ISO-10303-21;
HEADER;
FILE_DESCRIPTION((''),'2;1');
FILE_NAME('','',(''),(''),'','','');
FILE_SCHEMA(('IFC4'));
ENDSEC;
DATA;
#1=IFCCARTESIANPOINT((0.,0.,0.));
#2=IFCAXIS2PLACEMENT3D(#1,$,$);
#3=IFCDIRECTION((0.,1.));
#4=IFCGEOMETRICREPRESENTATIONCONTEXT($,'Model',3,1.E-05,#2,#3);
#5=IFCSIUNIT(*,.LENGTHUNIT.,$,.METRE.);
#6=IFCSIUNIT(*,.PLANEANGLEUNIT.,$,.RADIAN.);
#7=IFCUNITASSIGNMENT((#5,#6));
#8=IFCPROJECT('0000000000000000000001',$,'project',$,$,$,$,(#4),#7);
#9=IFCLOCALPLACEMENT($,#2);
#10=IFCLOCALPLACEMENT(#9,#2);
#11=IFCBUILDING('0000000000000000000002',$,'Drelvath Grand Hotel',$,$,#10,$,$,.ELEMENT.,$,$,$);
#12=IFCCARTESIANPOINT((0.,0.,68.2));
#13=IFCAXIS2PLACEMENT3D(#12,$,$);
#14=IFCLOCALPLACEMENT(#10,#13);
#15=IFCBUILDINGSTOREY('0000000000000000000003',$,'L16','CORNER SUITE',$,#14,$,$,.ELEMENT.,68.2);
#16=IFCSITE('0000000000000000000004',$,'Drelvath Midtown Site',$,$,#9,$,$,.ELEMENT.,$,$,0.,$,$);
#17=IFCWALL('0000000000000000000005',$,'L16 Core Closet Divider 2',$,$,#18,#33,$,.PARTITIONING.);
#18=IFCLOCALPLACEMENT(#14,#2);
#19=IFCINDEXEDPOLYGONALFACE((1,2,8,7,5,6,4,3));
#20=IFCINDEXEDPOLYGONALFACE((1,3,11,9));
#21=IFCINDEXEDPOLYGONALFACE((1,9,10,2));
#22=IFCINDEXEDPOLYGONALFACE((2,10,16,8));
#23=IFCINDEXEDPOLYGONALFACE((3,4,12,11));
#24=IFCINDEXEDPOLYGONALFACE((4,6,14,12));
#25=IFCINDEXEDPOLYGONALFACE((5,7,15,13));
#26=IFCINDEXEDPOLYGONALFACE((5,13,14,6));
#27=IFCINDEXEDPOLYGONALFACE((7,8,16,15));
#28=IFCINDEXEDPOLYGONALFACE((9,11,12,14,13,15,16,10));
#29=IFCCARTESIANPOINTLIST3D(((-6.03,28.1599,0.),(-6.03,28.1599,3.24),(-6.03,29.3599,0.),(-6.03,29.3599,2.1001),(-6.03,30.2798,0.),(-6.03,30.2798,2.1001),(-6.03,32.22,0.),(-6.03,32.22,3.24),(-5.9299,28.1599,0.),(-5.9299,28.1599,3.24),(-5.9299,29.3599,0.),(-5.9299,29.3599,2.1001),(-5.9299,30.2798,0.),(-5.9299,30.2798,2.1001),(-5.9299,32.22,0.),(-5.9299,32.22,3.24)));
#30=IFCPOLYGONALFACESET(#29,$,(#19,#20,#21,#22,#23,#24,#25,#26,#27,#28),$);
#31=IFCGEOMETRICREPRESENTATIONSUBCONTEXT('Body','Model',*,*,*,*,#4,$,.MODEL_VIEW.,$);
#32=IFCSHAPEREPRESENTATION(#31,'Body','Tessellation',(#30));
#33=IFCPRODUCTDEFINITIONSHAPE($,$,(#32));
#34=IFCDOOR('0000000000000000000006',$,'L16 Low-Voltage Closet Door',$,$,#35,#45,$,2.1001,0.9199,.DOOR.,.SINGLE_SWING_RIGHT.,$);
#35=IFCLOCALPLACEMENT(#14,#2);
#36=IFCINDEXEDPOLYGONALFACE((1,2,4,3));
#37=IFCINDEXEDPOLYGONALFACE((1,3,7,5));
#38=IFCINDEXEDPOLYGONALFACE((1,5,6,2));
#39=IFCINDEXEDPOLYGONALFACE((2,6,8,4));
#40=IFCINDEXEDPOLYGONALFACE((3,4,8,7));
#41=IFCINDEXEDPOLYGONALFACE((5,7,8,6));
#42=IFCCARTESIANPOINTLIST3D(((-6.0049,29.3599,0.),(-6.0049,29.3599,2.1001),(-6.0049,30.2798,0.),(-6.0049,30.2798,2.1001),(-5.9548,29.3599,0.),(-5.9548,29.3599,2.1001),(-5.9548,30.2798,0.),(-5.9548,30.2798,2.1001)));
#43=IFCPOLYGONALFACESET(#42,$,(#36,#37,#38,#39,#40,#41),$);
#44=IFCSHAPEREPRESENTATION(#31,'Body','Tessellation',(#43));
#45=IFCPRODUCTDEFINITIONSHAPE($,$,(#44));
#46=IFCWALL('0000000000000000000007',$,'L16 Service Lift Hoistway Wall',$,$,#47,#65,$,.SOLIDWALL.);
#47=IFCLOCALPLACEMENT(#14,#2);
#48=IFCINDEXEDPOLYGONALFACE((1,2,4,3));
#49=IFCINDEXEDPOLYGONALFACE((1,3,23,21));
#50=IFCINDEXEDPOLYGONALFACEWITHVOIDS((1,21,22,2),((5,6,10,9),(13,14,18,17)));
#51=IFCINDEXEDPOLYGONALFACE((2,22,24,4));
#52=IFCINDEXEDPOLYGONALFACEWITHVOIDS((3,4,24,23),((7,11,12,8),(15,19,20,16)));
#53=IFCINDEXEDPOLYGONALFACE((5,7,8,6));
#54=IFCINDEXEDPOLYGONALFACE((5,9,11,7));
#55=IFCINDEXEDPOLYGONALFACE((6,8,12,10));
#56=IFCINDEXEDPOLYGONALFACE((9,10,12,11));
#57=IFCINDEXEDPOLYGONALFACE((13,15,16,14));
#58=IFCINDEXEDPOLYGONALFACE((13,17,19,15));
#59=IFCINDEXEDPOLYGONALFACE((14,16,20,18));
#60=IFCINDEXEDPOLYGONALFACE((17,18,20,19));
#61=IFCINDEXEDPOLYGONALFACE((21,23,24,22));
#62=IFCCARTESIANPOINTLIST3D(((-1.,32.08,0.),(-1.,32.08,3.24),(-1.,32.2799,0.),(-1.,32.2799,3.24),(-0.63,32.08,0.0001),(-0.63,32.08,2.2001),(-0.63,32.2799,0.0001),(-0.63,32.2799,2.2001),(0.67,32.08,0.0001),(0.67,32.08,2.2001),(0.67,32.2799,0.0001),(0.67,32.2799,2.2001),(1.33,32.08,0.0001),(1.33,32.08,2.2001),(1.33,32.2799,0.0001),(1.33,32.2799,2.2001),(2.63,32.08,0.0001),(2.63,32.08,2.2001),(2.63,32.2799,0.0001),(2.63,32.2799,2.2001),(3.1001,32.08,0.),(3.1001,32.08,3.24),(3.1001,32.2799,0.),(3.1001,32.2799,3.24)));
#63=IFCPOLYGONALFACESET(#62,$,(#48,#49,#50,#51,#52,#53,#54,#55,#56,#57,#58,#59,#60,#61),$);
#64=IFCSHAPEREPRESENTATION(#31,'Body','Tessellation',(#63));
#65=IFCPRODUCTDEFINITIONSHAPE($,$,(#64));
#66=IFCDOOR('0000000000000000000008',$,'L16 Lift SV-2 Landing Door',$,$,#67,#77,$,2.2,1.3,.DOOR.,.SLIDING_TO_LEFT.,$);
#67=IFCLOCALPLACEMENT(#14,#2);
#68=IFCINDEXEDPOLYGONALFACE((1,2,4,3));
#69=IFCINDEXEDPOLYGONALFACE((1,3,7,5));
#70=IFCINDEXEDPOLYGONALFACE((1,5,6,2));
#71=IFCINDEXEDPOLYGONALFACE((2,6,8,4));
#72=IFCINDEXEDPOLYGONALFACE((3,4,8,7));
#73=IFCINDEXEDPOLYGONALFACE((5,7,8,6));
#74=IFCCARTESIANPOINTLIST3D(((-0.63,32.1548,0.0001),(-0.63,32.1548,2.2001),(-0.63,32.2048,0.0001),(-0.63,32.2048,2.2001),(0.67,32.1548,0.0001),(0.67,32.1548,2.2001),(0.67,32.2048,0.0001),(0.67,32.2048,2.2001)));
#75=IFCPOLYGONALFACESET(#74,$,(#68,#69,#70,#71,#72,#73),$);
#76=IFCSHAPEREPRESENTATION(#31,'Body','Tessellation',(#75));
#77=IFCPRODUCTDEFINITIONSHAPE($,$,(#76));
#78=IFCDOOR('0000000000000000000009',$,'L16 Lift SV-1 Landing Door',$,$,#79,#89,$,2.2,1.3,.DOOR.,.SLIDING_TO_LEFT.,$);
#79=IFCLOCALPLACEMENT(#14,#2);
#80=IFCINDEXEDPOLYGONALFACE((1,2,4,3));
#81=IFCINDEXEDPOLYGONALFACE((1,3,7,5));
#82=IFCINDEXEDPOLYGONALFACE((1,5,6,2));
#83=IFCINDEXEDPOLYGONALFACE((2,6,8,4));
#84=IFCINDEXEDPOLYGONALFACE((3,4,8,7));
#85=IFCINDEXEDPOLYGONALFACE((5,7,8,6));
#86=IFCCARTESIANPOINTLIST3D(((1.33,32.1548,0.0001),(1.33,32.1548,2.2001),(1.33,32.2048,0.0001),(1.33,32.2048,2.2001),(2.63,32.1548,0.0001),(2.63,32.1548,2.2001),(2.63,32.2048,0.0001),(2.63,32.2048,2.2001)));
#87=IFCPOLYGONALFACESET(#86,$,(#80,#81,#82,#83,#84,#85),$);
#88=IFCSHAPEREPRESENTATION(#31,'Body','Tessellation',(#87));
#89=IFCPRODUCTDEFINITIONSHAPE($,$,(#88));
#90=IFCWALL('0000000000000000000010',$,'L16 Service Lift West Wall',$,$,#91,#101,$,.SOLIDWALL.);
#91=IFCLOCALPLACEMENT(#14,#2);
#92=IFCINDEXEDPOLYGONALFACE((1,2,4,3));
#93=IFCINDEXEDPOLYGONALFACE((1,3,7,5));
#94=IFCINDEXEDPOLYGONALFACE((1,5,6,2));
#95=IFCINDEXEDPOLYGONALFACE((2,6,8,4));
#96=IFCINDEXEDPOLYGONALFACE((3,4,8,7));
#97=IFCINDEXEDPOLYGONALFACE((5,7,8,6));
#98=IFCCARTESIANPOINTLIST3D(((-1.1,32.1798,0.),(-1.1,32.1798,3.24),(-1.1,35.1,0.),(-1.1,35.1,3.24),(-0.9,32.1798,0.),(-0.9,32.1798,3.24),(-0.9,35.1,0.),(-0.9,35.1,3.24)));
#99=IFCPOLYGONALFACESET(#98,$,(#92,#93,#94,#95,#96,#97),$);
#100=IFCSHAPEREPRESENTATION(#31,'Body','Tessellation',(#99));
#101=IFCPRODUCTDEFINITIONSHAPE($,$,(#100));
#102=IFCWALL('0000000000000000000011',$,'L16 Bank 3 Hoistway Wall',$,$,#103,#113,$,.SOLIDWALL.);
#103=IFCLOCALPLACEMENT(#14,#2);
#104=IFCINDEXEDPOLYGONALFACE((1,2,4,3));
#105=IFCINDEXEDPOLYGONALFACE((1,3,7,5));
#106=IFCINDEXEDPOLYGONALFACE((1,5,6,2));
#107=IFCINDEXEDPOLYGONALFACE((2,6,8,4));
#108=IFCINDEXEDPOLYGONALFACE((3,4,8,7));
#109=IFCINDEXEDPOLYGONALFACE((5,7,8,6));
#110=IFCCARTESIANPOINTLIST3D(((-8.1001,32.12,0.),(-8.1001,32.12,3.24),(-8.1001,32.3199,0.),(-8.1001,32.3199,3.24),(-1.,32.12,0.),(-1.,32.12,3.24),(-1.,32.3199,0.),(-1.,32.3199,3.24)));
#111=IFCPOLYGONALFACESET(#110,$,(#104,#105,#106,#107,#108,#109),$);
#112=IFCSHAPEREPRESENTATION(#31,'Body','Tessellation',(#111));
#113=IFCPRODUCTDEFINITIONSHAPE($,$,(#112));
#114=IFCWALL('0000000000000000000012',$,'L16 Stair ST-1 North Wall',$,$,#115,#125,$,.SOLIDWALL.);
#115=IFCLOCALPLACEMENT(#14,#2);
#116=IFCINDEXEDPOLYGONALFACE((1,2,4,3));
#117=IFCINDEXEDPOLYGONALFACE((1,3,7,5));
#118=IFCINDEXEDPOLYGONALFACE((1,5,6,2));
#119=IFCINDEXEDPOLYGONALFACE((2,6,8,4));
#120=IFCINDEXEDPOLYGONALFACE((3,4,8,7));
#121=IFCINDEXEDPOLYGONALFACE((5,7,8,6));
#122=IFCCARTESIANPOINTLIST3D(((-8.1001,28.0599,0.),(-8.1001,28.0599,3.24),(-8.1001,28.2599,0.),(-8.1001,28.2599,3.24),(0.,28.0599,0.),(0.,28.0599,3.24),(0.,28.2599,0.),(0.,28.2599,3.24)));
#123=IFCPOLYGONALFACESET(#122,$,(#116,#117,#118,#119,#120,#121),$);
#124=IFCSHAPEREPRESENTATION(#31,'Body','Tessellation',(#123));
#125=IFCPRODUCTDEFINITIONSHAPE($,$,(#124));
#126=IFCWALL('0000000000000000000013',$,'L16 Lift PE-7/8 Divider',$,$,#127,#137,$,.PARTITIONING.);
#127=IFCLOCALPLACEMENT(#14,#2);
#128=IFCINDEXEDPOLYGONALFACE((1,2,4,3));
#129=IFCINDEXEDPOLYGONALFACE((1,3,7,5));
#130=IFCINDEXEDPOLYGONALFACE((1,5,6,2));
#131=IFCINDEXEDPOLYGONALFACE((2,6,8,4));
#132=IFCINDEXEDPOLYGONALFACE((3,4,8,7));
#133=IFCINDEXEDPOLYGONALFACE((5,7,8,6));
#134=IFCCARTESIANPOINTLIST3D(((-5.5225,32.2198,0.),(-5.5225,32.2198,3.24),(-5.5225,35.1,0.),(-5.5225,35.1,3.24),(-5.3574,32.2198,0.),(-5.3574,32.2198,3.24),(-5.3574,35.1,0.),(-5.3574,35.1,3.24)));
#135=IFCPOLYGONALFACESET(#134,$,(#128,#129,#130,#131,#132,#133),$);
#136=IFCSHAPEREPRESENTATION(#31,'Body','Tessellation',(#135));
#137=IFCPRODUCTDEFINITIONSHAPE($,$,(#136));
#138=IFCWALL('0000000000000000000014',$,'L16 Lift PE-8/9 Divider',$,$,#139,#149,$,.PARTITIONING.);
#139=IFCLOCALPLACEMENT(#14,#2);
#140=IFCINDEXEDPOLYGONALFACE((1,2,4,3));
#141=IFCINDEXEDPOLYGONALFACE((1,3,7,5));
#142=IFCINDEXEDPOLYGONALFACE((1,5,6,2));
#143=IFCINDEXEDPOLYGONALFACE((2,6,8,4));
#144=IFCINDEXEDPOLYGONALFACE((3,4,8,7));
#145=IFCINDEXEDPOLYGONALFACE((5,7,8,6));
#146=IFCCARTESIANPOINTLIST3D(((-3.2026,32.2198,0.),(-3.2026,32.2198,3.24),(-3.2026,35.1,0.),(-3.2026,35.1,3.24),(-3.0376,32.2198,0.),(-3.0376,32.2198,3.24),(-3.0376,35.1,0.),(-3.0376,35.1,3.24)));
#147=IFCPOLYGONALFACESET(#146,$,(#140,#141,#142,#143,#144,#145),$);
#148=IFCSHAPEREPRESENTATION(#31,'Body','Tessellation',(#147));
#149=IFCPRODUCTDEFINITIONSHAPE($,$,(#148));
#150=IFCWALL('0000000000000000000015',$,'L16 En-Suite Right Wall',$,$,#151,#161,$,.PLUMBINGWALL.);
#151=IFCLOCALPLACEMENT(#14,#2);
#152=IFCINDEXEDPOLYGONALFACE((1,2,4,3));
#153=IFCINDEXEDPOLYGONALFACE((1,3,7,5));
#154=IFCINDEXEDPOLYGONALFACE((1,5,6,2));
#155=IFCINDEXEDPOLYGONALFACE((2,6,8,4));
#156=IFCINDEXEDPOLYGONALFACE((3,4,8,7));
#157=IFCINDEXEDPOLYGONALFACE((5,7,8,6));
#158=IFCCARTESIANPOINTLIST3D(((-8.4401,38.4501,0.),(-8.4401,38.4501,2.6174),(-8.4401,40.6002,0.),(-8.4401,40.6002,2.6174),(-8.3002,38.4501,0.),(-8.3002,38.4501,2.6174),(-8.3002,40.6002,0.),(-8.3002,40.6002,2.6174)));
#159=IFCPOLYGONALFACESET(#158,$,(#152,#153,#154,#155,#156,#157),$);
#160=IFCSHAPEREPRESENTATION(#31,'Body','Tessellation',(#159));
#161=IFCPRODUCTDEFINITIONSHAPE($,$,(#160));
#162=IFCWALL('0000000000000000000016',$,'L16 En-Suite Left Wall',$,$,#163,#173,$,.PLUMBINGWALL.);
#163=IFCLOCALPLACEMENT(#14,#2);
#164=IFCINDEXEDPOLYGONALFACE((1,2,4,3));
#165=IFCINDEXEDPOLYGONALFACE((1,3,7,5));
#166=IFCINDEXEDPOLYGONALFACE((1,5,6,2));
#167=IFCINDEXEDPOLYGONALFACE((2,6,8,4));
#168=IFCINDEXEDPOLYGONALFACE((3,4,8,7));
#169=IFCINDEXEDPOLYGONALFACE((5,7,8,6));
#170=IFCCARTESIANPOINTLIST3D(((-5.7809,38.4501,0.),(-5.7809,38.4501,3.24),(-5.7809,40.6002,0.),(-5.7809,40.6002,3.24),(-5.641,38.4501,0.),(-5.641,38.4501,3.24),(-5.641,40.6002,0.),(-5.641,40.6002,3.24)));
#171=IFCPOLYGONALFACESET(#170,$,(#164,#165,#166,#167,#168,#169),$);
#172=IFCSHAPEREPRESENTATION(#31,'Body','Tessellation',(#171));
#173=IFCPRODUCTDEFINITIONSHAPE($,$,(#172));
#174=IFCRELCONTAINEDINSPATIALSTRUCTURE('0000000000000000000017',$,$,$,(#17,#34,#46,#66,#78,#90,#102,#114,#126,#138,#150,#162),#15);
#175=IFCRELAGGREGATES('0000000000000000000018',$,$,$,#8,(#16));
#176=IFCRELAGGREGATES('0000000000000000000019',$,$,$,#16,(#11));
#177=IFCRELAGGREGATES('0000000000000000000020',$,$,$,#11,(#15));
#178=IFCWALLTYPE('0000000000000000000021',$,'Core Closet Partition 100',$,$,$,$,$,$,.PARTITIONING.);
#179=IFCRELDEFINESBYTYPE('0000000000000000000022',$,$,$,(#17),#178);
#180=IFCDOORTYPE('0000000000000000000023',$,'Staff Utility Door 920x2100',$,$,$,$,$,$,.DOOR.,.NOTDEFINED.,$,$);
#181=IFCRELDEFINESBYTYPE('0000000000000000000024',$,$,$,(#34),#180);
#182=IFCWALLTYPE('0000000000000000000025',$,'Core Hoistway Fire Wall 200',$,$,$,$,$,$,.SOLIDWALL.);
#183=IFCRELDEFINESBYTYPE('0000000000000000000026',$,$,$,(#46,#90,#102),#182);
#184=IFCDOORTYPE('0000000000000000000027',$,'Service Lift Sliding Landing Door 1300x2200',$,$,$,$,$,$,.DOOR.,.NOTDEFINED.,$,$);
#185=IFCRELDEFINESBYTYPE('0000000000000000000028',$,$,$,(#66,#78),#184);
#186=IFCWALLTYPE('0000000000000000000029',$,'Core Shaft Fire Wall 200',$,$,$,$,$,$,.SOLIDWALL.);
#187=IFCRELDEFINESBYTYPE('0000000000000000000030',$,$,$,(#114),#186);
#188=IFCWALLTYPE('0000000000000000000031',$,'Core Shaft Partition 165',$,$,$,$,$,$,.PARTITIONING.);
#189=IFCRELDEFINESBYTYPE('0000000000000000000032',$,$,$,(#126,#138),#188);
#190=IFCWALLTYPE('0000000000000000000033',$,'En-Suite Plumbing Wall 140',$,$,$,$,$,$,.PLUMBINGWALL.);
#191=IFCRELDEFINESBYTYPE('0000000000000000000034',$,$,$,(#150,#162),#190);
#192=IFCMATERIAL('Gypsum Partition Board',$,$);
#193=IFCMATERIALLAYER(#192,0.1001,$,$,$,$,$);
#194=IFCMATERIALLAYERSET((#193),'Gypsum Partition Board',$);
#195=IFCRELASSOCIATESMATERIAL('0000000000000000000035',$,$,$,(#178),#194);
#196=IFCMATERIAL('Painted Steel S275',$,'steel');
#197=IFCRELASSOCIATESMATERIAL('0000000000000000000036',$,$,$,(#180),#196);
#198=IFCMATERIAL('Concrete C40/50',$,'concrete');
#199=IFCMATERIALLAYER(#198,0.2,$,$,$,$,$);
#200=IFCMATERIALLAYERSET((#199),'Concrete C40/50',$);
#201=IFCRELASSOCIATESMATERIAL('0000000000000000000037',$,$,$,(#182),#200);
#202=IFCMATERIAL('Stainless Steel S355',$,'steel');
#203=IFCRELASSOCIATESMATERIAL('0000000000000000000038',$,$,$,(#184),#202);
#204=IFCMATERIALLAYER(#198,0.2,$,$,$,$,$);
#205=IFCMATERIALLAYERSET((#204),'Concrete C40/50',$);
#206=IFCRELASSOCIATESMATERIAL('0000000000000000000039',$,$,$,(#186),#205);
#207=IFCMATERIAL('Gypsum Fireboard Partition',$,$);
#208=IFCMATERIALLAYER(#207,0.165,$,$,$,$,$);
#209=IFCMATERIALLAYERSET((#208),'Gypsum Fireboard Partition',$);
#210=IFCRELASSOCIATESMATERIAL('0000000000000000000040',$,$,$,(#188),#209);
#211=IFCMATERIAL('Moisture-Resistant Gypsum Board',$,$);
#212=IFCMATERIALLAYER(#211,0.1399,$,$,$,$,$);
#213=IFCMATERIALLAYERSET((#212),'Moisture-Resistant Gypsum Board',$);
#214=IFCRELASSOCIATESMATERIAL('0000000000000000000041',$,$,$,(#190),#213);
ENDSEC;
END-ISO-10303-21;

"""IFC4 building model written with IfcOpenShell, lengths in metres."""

from ifc_helpers import new_model, si_unit, direction, frame, frame_2d, origin, place, context, subcontext, project, spatial, rectangle, extrude, material, layer, layer_set, type_object, element, fill, save


model = new_model("IFC4")

# Units and contexts
model_context = context("Model", 3, precision=1e-05, world=origin(), true_north=direction((0.0, 1.0)))
body_context = subcontext(model_context, "Body", "Model", "MODEL_VIEW")
ifc_project = project(units=[si_unit("LENGTHUNIT", "METRE"), si_unit("PLANEANGLEUNIT", "RADIAN")], contexts=[model_context])

# Site, building, storey
site_placement = place(None, origin())
site = spatial("IfcSite", under=ifc_project, at=site_placement, Name="Drelvath Midtown Site", CompositionType="ELEMENT", RefElevation=0.0)
building_placement = place(site_placement, origin())
building = spatial("IfcBuilding", under=site, at=building_placement, Name="Drelvath Grand Hotel", CompositionType="ELEMENT")
storey_placement = place(building_placement, frame((0.0, 0.0, 68.2)))
storey = spatial("IfcBuildingStorey", under=building, at=storey_placement, Name="L16", Description="CORNER SUITE", CompositionType="ELEMENT", Elevation=68.2)

# Wall, opening, door
ifc_material_1 = material(Name="Gypsum Partition Board")
ifc_layer_1 = layer(ifc_material_1, 0.1001)
ifc_layer_set_1 = layer_set([ifc_layer_1], Name="Gypsum Partition Board")
wall_type_1 = type_object("IfcWallType", Name="Core Closet Partition 100", PredefinedType="PARTITIONING", material=ifc_layer_set_1)
wall_1_placement = place(storey_placement, frame((-5.98, 28.1599, 0.0), z_axis=(0.0, 0.0, 1.0), x_axis=(0.0, 1.0, 0.0)))
wall_1 = element("IfcWall", 1, at=wall_1_placement, inside=storey, type_object=wall_type_1, Name="L16 Core Closet Divider 2", PredefinedType="PARTITIONING", context=body_context, shape_type="SweptSolid", body=[
    extrude(rectangle(XDim=4.0601, YDim=0.1001, at=frame_2d((2.03, 0.0))), origin(), (0.0, 0.0, 1.0), 3.24),
])
opening_1_placement = place(wall_1_placement, frame((1.2, 0.0, 0.0)))
opening_1 = element("IfcOpeningElement", 2, at=opening_1_placement, cuts=wall_1, PredefinedType="OPENING", context=body_context, shape_type="SweptSolid", body=[
    extrude(rectangle(XDim=0.9199, YDim=2.1001, at=frame_2d((0.46, 1.05))), frame((0.0, 0.0601, 0.0), z_axis=(0.0, -1.0, 0.0), x_axis=(1.0, 0.0, 0.0)), (0.0, 0.0, 1.0), 0.1201),
])
ifc_material_2 = material(Name="Painted Steel S275", Category="steel")
door_type_1 = type_object("IfcDoorType", Name="Staff Utility Door 920x2100", OperationType="NOTDEFINED", PredefinedType="DOOR", material=ifc_material_2)
door_1_placement = place(opening_1_placement, origin())
door_1 = element("IfcDoor", 3, at=door_1_placement, inside=storey, type_object=door_type_1, Name="L16 Low-Voltage Closet Door", OperationType="SINGLE_SWING_RIGHT", OverallHeight=2.1001, OverallWidth=0.9199, PredefinedType="DOOR", context=body_context, shape_type="SweptSolid", body=[
    extrude(rectangle(XDim=0.9199, YDim=2.1001, at=frame_2d((0.46, 1.05))), frame((0.0, 0.0249, 0.0), z_axis=(0.0, -1.0, 0.0), x_axis=(1.0, 0.0, 0.0)), (0.0, 0.0, 1.0), 0.05),
])
fill(opening_1, door_1)

# Wall, openings, doors
ifc_material_3 = material(Name="Concrete C40/50", Category="concrete")
ifc_layer_2 = layer(ifc_material_3, 0.2)
ifc_layer_set_2 = layer_set([ifc_layer_2], Name="Concrete C40/50")
wall_type_2 = type_object("IfcWallType", Name="Core Hoistway Fire Wall 200", PredefinedType="SOLIDWALL", material=ifc_layer_set_2)
wall_2_placement = place(storey_placement, frame((-1.0, 32.1799, 0.0), z_axis=(0.0, 0.0, 1.0), x_axis=(1.0, 0.0, 0.0)))
wall_2 = element("IfcWall", 4, at=wall_2_placement, inside=storey, type_object=wall_type_2, Name="L16 Service Lift Hoistway Wall", PredefinedType="SOLIDWALL", context=body_context, shape_type="SweptSolid", body=[
    extrude(rectangle(XDim=4.1001, YDim=0.2, at=frame_2d((2.05, 0.0))), origin(), (0.0, 0.0, 1.0), 3.24),
])
opening_2_placement = place(wall_2_placement, frame((0.3701, 0.0, 0.0)))
opening_2 = element("IfcOpeningElement", 5, at=opening_2_placement, cuts=wall_2, PredefinedType="OPENING", context=body_context, shape_type="SweptSolid", body=[
    extrude(rectangle(XDim=1.3, YDim=2.2, at=frame_2d((0.6499, 1.1001))), frame((0.0, 0.1099, 0.0), z_axis=(0.0, -1.0, 0.0), x_axis=(1.0, 0.0, 0.0)), (0.0, 0.0, 1.0), 0.22),
])
opening_3_placement = place(wall_2_placement, frame((2.3301, 0.0, 0.0)))
opening_3 = element("IfcOpeningElement", 6, at=opening_3_placement, cuts=wall_2, PredefinedType="OPENING", context=body_context, shape_type="SweptSolid", body=[
    extrude(rectangle(XDim=1.3, YDim=2.2, at=frame_2d((0.6499, 1.1001))), frame((0.0, 0.1099, 0.0), z_axis=(0.0, -1.0, 0.0), x_axis=(1.0, 0.0, 0.0)), (0.0, 0.0, 1.0), 0.22),
])
ifc_material_4 = material(Name="Stainless Steel S355", Category="steel")
door_type_2 = type_object("IfcDoorType", Name="Service Lift Sliding Landing Door 1300x2200", OperationType="NOTDEFINED", PredefinedType="DOOR", material=ifc_material_4)
door_2_placement = place(opening_2_placement, origin())
door_2 = element("IfcDoor", 7, at=door_2_placement, inside=storey, type_object=door_type_2, Name="L16 Lift SV-2 Landing Door", OperationType="SLIDING_TO_LEFT", OverallHeight=2.2, OverallWidth=1.3, PredefinedType="DOOR", context=body_context, shape_type="SweptSolid", body=[
    extrude(rectangle(XDim=1.3, YDim=2.2, at=frame_2d((0.6499, 1.1001))), frame((0.0, 0.0249, 0.0), z_axis=(0.0, -1.0, 0.0), x_axis=(1.0, 0.0, 0.0)), (0.0, 0.0, 1.0), 0.05),
])
fill(opening_2, door_2)
door_3_placement = place(opening_3_placement, origin())
door_3 = element("IfcDoor", 8, at=door_3_placement, inside=storey, type_object=door_type_2, Name="L16 Lift SV-1 Landing Door", OperationType="SLIDING_TO_LEFT", OverallHeight=2.2, OverallWidth=1.3, PredefinedType="DOOR", context=body_context, shape_type="SweptSolid", body=[
    extrude(rectangle(XDim=1.3, YDim=2.2, at=frame_2d((0.6499, 1.1001))), frame((0.0, 0.0249, 0.0), z_axis=(0.0, -1.0, 0.0), x_axis=(1.0, 0.0, 0.0)), (0.0, 0.0, 1.0), 0.05),
])
fill(opening_3, door_3)

# Walls
wall_3_placement = place(storey_placement, frame((-1.0, 32.1799, 0.0), z_axis=(0.0, 0.0, 1.0), x_axis=(0.0, 1.0, 0.0)))
element("IfcWall", 9, at=wall_3_placement, inside=storey, type_object=wall_type_2, Name="L16 Service Lift West Wall", PredefinedType="SOLIDWALL", context=body_context, shape_type="SweptSolid", body=[
    extrude(rectangle(XDim=2.9202, YDim=0.2, at=frame_2d((1.46, 0.0))), origin(), (0.0, 0.0, 1.0), 3.24),
])
wall_4_placement = place(storey_placement, frame((-8.1001, 32.22, 0.0), z_axis=(0.0, 0.0, 1.0), x_axis=(1.0, 0.0, 0.0)))
element("IfcWall", 10, at=wall_4_placement, inside=storey, type_object=wall_type_2, Name="L16 Bank 3 Hoistway Wall", PredefinedType="SOLIDWALL", context=body_context, shape_type="SweptSolid", body=[
    extrude(rectangle(XDim=7.1001, YDim=0.2, at=frame_2d((3.55, 0.0))), origin(), (0.0, 0.0, 1.0), 3.24),
])
ifc_layer_3 = layer(ifc_material_3, 0.2)
ifc_layer_set_3 = layer_set([ifc_layer_3], Name="Concrete C40/50")
wall_type_3 = type_object("IfcWallType", Name="Core Shaft Fire Wall 200", PredefinedType="SOLIDWALL", material=ifc_layer_set_3)
wall_5_placement = place(storey_placement, frame((-8.1001, 28.1599, 0.0), z_axis=(0.0, 0.0, 1.0), x_axis=(1.0, 0.0, 0.0)))
element("IfcWall", 11, at=wall_5_placement, inside=storey, type_object=wall_type_3, Name="L16 Stair ST-1 North Wall", PredefinedType="SOLIDWALL", context=body_context, shape_type="SweptSolid", body=[
    extrude(rectangle(XDim=8.1001, YDim=0.2, at=frame_2d((4.05, 0.0))), origin(), (0.0, 0.0, 1.0), 3.24),
])
ifc_material_5 = material(Name="Gypsum Fireboard Partition")
ifc_layer_4 = layer(ifc_material_5, 0.165)
ifc_layer_set_4 = layer_set([ifc_layer_4], Name="Gypsum Fireboard Partition")
wall_type_4 = type_object("IfcWallType", Name="Core Shaft Partition 165", PredefinedType="PARTITIONING", material=ifc_layer_set_4)
for number, where, z_axis, x_axis, name in (
    (12, (-5.4399, 32.22, 0.0), (0.0, 0.0, 1.0), (0.0, 1.0, 0.0), "L16 Lift PE-7/8 Divider"),
    (13, (-3.1201, 32.22, 0.0), (0.0, 0.0, 1.0), (0.0, 1.0, 0.0), "L16 Lift PE-8/9 Divider"),
):
    element("IfcWall", number, at=place(storey_placement, frame(where, z_axis=z_axis, x_axis=x_axis)), inside=storey, type_object=wall_type_4, Name=name, PredefinedType="PARTITIONING", context=body_context, shape_type="SweptSolid", body=[
        extrude(rectangle(XDim=2.8801, YDim=0.165, at=frame_2d((1.4399, 0.0))), origin(), (0.0, 0.0, 1.0), 3.24),
    ])
ifc_material_6 = material(Name="Moisture-Resistant Gypsum Board")
ifc_layer_5 = layer(ifc_material_6, 0.1399)
ifc_layer_set_5 = layer_set([ifc_layer_5], Name="Moisture-Resistant Gypsum Board")
wall_type_5 = type_object("IfcWallType", Name="En-Suite Plumbing Wall 140", PredefinedType="PLUMBINGWALL", material=ifc_layer_set_5)
wall_6_placement = place(storey_placement, frame((-8.3701, 38.45, 0.0), z_axis=(0.0, 0.0, 1.0), x_axis=(0.0, 1.0, 0.0)))
element("IfcWall", 14, at=wall_6_placement, inside=storey, type_object=wall_type_5, Name="L16 En-Suite Right Wall", PredefinedType="PLUMBINGWALL", context=body_context, shape_type="SweptSolid", body=[
    extrude(rectangle(XDim=2.1501, YDim=0.1399, at=frame_2d((1.0752, 0.0))), origin(), (0.0, 0.0, 1.0), 2.6174),
])
wall_7_placement = place(storey_placement, frame((-5.7109, 38.45, 0.0), z_axis=(0.0, 0.0, 1.0), x_axis=(0.0, 1.0, 0.0)))
element("IfcWall", 15, at=wall_7_placement, inside=storey, type_object=wall_type_5, Name="L16 En-Suite Left Wall", PredefinedType="PLUMBINGWALL", context=body_context, shape_type="SweptSolid", body=[
    extrude(rectangle(XDim=2.1501, YDim=0.1399, at=frame_2d((1.0752, 0.0))), origin(), (0.0, 0.0, 1.0), 3.24),
])

save(model, "model.ifc")
